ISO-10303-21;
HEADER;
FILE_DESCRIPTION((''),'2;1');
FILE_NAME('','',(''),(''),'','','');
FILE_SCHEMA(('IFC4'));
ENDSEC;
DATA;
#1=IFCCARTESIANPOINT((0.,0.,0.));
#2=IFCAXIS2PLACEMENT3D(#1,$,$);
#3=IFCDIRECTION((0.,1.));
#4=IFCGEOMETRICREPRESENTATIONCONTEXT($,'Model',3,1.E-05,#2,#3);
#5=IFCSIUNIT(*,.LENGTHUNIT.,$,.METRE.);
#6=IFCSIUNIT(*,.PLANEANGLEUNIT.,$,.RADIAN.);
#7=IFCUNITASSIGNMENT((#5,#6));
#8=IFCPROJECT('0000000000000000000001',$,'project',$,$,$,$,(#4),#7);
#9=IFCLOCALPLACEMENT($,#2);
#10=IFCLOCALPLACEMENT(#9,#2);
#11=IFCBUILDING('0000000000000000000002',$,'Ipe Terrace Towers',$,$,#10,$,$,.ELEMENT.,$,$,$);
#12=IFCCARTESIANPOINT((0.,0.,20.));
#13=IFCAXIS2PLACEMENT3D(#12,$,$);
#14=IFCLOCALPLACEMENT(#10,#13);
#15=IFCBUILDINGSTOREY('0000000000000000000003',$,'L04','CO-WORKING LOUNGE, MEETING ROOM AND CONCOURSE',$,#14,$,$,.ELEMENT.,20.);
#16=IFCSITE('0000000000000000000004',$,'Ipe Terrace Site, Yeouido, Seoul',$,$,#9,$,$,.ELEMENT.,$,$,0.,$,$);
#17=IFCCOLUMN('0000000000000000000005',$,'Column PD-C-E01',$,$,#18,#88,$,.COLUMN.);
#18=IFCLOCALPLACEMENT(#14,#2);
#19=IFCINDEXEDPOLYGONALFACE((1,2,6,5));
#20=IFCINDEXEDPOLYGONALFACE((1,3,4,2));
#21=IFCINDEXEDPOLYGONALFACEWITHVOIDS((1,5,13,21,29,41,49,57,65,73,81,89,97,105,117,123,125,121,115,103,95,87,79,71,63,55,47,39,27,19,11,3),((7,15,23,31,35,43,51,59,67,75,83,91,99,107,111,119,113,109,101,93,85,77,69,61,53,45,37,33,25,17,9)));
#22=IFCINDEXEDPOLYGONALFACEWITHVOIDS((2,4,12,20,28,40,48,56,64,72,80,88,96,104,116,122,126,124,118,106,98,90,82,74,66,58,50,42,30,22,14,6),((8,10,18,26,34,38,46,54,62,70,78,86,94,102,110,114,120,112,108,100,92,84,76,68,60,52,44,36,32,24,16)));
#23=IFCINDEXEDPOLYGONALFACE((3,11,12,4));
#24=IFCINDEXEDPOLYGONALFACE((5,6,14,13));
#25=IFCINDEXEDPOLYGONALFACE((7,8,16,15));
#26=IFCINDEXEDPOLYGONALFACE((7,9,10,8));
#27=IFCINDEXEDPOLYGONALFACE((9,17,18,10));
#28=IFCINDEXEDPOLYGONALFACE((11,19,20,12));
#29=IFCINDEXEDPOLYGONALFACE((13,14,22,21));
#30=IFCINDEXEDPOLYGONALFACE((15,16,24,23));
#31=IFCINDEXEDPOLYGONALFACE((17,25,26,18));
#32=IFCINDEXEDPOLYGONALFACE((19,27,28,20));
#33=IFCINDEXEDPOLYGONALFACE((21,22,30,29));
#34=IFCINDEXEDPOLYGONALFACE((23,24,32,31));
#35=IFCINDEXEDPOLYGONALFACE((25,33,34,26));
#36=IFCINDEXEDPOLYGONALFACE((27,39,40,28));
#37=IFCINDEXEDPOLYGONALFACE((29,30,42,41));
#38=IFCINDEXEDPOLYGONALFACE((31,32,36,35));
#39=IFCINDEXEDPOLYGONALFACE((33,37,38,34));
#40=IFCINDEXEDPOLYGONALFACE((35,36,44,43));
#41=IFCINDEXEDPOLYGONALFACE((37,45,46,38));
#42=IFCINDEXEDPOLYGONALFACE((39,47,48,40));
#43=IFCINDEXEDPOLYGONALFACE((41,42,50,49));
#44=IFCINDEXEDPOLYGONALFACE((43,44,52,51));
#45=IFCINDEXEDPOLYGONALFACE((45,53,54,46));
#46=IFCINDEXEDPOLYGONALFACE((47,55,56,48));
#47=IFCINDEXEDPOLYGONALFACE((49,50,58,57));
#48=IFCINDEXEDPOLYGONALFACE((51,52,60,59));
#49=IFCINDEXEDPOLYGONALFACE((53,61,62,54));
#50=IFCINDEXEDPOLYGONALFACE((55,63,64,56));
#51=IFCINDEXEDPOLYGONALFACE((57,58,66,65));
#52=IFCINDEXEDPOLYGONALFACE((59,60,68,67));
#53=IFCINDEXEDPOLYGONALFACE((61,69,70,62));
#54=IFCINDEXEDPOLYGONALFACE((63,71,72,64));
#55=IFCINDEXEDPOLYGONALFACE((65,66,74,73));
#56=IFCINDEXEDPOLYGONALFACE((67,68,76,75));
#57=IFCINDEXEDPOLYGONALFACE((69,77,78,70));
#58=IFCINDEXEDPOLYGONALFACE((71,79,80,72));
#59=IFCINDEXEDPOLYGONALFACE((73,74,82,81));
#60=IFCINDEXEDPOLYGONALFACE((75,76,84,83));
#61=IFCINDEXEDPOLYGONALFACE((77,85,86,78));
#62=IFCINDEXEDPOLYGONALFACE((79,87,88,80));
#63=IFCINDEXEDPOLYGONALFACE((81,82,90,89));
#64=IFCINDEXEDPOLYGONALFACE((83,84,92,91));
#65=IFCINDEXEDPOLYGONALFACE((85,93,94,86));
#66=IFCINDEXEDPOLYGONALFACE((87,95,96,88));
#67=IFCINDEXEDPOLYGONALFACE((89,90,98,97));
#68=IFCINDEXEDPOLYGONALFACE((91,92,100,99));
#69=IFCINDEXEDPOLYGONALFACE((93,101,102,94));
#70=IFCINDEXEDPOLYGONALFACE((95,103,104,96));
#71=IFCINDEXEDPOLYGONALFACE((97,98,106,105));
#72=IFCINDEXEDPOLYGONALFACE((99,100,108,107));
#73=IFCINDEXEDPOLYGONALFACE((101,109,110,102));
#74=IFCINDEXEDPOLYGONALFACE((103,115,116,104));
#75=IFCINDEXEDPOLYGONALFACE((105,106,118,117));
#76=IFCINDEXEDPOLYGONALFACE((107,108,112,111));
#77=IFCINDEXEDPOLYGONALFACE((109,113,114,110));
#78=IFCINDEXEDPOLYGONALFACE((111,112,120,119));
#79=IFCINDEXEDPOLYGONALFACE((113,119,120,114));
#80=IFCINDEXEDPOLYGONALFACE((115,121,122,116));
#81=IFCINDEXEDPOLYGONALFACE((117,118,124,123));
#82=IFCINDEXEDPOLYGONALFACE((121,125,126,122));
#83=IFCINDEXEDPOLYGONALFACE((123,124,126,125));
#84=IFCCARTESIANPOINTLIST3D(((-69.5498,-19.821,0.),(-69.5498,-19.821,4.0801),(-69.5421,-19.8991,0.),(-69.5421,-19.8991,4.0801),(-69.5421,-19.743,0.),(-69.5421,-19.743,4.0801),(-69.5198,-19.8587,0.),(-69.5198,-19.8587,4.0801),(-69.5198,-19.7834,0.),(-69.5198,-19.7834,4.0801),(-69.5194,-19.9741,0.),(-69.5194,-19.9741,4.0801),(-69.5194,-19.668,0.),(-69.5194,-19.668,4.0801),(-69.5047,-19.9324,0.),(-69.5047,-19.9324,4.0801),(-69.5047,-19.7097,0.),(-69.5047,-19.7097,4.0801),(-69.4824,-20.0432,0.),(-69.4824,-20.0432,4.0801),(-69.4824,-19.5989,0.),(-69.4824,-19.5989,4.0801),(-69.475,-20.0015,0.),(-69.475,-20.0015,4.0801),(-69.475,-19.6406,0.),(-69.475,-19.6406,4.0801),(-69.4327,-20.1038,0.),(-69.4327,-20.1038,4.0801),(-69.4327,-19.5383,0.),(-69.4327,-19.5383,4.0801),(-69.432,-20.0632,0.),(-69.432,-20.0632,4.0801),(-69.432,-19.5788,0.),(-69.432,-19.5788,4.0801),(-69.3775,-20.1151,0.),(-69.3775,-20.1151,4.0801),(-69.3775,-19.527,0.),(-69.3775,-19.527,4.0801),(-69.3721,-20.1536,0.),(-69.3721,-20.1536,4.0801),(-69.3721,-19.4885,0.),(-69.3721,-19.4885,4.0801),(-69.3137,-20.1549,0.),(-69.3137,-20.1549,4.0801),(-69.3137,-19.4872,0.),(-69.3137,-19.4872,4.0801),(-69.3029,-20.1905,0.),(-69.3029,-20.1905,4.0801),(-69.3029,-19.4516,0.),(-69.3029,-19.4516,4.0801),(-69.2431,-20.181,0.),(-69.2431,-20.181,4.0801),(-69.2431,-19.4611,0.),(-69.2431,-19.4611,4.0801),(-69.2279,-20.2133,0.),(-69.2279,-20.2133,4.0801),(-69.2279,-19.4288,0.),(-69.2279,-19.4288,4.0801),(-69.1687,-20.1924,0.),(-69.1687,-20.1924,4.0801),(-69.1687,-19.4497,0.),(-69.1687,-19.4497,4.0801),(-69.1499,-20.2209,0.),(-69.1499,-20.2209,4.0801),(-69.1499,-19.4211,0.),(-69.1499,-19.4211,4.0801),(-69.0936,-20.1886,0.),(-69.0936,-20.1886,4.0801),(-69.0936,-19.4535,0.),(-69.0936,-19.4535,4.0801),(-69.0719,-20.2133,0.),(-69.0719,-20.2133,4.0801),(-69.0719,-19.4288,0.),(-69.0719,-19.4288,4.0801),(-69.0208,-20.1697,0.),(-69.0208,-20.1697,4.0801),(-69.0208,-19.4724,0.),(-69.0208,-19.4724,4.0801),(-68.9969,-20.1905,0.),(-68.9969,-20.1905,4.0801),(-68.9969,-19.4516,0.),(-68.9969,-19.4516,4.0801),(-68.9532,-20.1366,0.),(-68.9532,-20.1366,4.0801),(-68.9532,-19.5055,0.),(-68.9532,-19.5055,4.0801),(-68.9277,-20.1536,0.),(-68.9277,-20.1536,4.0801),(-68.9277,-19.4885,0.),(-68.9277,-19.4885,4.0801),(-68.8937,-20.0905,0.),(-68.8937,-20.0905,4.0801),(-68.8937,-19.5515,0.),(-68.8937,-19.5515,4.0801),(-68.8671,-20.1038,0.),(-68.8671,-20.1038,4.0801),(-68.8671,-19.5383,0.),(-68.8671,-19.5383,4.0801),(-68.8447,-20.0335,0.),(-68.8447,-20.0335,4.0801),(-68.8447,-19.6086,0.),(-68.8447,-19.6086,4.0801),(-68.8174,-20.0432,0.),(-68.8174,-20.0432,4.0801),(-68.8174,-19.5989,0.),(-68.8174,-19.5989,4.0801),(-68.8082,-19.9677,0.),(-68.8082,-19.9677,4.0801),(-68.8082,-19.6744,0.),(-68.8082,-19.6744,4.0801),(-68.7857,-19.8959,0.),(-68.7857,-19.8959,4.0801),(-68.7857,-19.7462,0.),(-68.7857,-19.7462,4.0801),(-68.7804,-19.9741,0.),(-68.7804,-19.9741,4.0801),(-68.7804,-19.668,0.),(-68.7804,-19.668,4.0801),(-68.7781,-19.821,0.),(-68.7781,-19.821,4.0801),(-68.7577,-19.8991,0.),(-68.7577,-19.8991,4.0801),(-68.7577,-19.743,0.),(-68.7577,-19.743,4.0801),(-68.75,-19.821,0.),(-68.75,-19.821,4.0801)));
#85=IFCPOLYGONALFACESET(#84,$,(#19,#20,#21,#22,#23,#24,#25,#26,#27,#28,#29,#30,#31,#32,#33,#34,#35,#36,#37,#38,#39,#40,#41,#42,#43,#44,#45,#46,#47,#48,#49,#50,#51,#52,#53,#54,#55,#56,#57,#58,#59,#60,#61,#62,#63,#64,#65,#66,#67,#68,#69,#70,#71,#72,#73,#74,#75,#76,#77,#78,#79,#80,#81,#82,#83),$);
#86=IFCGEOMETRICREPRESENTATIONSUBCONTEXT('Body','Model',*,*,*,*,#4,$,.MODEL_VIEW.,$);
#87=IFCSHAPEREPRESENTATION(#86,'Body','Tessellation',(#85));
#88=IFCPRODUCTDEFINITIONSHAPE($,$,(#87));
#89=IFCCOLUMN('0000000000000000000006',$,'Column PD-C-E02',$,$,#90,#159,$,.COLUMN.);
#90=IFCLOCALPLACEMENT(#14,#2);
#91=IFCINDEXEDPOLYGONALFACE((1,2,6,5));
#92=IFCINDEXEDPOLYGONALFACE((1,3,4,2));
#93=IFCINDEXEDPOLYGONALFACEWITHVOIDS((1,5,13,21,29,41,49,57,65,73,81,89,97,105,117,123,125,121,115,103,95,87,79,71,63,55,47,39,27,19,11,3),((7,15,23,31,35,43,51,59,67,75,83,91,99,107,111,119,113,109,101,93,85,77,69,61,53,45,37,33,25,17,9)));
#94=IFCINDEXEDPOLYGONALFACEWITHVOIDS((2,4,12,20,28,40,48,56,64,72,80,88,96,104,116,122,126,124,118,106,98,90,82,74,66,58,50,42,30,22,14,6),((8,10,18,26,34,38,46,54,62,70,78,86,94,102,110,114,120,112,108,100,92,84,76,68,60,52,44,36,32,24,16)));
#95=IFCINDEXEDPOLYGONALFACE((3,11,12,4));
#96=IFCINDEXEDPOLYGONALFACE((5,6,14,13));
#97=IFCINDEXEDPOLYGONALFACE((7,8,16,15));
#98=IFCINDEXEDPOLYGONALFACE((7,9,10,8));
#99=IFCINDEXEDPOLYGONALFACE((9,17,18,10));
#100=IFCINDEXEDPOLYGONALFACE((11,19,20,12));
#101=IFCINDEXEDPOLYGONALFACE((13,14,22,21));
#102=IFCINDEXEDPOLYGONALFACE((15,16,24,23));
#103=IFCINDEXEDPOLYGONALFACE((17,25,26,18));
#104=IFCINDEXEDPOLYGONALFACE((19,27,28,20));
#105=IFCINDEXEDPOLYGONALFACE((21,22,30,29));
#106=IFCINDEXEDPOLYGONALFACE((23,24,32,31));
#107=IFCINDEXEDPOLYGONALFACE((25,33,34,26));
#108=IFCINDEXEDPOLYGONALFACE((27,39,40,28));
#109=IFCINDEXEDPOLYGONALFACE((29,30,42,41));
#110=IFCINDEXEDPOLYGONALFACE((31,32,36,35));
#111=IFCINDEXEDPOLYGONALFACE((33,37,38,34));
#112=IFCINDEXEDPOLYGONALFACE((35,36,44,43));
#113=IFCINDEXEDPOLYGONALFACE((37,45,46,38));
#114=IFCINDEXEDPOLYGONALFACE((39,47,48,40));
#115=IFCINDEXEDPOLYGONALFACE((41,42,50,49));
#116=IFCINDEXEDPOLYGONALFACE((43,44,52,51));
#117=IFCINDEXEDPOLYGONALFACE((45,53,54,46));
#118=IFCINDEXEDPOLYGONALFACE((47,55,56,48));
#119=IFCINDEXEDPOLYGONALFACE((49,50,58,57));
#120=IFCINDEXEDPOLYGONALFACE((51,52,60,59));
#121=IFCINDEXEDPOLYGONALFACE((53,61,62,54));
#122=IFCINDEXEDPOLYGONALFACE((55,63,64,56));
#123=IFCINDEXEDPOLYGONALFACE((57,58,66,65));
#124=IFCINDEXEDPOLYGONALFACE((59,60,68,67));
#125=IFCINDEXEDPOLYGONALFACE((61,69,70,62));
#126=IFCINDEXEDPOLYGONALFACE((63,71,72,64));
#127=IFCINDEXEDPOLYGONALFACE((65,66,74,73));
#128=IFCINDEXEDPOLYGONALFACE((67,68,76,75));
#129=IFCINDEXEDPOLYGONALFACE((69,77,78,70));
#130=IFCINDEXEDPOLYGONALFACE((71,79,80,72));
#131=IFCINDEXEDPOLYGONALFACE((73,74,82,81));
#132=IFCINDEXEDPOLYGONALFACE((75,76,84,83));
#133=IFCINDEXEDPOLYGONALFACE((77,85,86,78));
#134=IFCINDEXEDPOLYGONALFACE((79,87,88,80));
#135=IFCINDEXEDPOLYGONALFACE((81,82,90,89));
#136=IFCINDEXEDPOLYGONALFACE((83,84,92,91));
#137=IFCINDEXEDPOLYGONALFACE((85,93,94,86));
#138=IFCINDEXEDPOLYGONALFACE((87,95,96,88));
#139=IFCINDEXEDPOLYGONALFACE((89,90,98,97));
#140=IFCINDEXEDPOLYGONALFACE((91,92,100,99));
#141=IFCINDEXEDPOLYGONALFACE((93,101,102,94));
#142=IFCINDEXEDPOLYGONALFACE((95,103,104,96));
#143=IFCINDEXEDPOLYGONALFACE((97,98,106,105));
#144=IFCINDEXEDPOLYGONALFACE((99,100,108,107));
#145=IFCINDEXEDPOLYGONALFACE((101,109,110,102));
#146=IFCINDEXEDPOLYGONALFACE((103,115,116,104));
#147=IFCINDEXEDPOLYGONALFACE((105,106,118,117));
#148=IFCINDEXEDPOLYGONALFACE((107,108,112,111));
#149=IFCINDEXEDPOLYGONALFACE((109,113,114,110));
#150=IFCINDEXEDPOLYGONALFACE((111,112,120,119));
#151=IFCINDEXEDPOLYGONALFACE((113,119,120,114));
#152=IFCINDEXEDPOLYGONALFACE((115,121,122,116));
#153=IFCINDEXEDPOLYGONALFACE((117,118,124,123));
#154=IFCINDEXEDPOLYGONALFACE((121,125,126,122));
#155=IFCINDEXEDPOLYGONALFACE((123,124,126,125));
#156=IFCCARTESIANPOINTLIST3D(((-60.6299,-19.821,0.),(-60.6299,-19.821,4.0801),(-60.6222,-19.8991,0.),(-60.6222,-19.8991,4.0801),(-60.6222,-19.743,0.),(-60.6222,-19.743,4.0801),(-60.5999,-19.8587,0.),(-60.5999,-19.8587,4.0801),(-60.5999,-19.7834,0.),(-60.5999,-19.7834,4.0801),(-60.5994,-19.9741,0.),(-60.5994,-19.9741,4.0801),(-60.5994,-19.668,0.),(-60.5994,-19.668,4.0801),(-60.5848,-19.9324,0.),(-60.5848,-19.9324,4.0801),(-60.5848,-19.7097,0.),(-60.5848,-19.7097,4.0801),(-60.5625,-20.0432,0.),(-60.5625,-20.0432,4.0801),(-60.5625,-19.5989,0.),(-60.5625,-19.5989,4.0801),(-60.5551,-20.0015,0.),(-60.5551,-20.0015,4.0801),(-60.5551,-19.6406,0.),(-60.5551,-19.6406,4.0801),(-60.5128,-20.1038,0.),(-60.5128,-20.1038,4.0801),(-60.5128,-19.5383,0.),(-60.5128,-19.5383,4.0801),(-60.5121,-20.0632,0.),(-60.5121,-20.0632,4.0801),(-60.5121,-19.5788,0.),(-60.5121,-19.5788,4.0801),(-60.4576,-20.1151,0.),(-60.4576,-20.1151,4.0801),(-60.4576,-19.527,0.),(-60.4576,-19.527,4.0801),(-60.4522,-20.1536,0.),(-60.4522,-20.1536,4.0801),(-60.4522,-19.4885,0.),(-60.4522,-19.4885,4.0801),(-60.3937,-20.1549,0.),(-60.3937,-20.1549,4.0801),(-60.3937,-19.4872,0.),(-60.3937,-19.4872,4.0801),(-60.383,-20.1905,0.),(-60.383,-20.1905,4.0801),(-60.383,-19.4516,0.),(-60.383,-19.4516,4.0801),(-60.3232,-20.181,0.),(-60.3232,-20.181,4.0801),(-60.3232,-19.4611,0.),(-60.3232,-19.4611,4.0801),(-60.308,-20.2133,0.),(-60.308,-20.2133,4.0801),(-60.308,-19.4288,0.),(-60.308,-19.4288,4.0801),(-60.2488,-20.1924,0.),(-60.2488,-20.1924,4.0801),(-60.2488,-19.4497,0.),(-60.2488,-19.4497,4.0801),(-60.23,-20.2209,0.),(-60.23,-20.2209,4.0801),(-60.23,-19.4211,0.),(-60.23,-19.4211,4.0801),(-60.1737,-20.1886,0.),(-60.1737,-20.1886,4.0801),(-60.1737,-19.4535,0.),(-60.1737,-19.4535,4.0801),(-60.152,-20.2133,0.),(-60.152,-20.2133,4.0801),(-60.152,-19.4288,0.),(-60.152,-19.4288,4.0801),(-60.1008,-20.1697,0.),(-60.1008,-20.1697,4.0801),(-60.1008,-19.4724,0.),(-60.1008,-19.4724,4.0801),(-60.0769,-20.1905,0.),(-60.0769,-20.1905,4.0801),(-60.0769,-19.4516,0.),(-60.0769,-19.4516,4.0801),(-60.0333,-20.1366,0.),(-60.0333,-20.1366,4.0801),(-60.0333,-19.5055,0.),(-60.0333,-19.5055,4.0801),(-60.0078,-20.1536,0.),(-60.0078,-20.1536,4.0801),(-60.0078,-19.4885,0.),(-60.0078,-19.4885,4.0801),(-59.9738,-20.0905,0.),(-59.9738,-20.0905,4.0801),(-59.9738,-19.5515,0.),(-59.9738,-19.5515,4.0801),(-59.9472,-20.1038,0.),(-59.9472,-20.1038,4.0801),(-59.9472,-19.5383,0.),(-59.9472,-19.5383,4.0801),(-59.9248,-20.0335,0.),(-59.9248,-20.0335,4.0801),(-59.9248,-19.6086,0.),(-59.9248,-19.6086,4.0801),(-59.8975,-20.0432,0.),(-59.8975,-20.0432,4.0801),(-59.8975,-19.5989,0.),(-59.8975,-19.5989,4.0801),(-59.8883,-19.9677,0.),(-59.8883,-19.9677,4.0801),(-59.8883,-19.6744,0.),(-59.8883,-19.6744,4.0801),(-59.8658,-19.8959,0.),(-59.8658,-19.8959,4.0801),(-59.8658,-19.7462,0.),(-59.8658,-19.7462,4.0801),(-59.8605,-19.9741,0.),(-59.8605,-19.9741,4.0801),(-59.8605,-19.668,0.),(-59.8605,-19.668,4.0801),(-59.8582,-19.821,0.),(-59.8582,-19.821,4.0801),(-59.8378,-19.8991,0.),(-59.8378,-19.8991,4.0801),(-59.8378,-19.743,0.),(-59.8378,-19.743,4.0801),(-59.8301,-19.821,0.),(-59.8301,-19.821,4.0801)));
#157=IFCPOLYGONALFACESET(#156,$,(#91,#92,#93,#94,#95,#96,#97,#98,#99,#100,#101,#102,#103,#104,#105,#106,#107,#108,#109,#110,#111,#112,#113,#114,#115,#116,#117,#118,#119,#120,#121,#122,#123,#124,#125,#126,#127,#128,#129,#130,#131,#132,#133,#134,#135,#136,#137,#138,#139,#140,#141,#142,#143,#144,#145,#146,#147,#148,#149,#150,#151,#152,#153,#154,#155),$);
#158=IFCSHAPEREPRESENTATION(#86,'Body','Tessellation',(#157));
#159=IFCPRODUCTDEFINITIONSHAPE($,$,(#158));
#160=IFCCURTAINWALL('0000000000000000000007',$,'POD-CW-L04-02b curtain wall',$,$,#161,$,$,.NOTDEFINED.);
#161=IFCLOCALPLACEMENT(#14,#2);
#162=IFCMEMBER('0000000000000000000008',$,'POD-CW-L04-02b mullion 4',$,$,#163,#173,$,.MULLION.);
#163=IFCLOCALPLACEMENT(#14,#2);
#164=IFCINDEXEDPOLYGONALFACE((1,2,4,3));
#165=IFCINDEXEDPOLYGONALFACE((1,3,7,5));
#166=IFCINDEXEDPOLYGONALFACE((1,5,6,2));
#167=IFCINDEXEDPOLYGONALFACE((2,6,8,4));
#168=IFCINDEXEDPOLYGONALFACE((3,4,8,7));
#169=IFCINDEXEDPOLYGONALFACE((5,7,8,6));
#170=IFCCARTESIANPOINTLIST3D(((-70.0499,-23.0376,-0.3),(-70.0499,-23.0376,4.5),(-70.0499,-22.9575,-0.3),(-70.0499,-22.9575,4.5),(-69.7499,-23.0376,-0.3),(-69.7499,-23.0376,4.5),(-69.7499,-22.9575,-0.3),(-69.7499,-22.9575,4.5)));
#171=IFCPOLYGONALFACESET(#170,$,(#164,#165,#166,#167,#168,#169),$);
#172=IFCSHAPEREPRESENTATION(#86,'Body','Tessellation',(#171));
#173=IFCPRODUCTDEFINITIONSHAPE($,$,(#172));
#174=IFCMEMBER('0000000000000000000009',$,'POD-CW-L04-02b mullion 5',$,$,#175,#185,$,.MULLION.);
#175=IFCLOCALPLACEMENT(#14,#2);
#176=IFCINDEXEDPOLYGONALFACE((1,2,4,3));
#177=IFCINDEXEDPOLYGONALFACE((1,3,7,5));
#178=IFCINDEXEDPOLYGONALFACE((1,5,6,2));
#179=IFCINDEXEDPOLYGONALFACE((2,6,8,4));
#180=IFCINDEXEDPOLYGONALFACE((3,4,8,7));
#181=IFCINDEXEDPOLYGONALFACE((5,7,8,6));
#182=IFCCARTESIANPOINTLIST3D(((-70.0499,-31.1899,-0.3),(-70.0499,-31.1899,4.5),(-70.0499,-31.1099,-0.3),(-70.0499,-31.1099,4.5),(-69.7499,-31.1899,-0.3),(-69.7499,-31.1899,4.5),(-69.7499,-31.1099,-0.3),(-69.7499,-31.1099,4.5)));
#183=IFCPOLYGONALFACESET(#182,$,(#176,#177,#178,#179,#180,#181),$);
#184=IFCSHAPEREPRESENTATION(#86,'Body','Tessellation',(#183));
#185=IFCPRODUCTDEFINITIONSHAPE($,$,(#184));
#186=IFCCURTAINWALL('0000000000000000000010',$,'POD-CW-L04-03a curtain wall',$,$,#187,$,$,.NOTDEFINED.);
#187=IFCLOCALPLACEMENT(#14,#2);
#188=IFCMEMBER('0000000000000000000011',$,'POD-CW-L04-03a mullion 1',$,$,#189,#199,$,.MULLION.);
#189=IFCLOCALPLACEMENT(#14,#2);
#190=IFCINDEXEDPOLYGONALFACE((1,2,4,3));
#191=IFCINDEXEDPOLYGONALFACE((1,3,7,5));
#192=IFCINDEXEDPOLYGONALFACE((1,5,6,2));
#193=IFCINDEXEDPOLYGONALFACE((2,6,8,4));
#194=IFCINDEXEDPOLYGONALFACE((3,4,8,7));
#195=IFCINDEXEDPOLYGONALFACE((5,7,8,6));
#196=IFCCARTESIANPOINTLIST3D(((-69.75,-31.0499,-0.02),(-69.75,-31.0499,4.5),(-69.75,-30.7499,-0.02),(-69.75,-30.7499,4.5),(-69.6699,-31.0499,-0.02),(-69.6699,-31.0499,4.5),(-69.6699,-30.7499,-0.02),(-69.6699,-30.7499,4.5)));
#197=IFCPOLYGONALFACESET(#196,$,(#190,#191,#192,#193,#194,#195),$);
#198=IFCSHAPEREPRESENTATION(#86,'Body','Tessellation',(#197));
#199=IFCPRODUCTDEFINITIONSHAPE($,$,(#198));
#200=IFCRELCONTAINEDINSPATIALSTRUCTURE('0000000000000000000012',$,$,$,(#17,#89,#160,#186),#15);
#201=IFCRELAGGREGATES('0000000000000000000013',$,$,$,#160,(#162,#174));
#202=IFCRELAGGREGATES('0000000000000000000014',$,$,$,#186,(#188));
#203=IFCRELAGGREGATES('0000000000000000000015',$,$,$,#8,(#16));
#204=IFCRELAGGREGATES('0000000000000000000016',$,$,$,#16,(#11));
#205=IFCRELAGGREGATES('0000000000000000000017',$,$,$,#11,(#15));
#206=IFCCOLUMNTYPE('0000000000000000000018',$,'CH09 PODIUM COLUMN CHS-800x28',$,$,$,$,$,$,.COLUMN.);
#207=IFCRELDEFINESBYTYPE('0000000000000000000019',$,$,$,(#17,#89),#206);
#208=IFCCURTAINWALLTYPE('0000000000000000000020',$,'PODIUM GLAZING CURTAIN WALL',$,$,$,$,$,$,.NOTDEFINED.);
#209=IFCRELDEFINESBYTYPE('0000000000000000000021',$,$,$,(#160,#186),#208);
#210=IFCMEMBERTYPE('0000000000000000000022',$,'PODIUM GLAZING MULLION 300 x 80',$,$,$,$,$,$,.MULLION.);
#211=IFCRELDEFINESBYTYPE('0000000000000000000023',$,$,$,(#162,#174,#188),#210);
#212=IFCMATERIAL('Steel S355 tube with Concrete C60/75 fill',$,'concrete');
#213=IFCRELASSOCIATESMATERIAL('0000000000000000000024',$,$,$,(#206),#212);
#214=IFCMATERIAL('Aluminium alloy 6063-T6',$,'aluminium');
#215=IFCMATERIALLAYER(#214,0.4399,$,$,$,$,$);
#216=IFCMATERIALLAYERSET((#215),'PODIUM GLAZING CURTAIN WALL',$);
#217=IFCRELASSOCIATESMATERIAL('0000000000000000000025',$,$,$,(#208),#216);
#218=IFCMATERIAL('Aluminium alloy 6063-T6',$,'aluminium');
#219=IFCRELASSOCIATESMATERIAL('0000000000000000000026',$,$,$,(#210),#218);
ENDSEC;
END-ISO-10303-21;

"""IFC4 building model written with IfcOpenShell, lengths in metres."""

from ifc_helpers import new_model, si_unit, direction, frame, origin, origin_2d, place, context, subcontext, project, spatial, rectangle, hollow_circle, extrude, material, layer, layer_set, material_profile, profile_set, type_object, element, aggregate, save


model = new_model("IFC4")

# Units and contexts
model_context = context("Model", 3, precision=1e-05, world=origin(), true_north=direction((0.0, 1.0)))
body_context = subcontext(model_context, "Body", "Model", "MODEL_VIEW")
ifc_project = project(units=[si_unit("LENGTHUNIT", "METRE"), si_unit("PLANEANGLEUNIT", "RADIAN")], contexts=[model_context])

# Site, building, storey
site_placement = place(None, origin())
site = spatial("IfcSite", under=ifc_project, at=site_placement, Name="Ipe Terrace Site, Yeouido, Seoul", CompositionType="ELEMENT", RefElevation=0.0)
building_placement = place(site_placement, origin())
building = spatial("IfcBuilding", under=site, at=building_placement, Name="Ipe Terrace Towers", CompositionType="ELEMENT")
storey_placement = place(building_placement, frame((0.0, 0.0, 20.0)))
storey = spatial("IfcBuildingStorey", under=building, at=storey_placement, Name="L04", Description="CO-WORKING LOUNGE, MEETING ROOM AND CONCOURSE", CompositionType="ELEMENT", Elevation=20.0)

# Columns
ifc_material_1 = material(Name="Steel S355 tube with Concrete C60/75 fill", Category="concrete")
ifc_material_profile_1 = material_profile(ifc_material_1, hollow_circle(Radius=0.3999, WallThickness=0.0281, at=origin_2d()), Name="CHS-800x28")
ifc_profile_set_1 = profile_set([ifc_material_profile_1], Name="Steel S355 tube with Concrete C60/75 fill")
column_type = type_object("IfcColumnType", Name="CH09 PODIUM COLUMN CHS-800x28", PredefinedType="COLUMN", material=ifc_profile_set_1)
for number, where, z_axis, x_axis, name in (
    (1, (-69.1499, -19.821, 0.0), (0.0, 0.0, 1.0), (1.0, 0.0, 0.0), "Column PD-C-E01"),
    (2, (-60.23, -19.821, 0.0), (0.0, 0.0, 1.0), (1.0, 0.0, 0.0), "Column PD-C-E02"),
):
    element("IfcColumn", number, at=place(storey_placement, frame(where, z_axis=z_axis, x_axis=x_axis)), inside=storey, type_object=column_type, Name=name, PredefinedType="COLUMN", context=body_context, shape_type="SweptSolid", body=[
        extrude(hollow_circle(Radius=0.3999, WallThickness=0.0281, at=origin_2d()), origin(), (0.0, 0.0, 1.0), 4.0801),
    ])

# Curtain walls, members
ifc_material_2 = material(Name="Aluminium alloy 6063-T6", Category="aluminium")
ifc_layer_1 = layer(ifc_material_2, 0.4399)
ifc_layer_set_1 = layer_set([ifc_layer_1], Name="PODIUM GLAZING CURTAIN WALL")
curtain_wall_type = type_object("IfcCurtainWallType", Name="PODIUM GLAZING CURTAIN WALL", PredefinedType="NOTDEFINED", material=ifc_layer_set_1)
curtain_wall_1_placement = place(storey_placement, origin())
curtain_wall_1 = element("IfcCurtainWall", 3, at=curtain_wall_1_placement, inside=storey, type_object=curtain_wall_type, Name="POD-CW-L04-02b curtain wall", PredefinedType="NOTDEFINED")
ifc_material_3 = material(Name="Aluminium alloy 6063-T6", Category="aluminium")
ifc_material_profile_2 = material_profile(ifc_material_3, rectangle(XDim=0.3, YDim=0.0801, at=origin_2d()), Name="PODIUM GLAZING MULLION 300 x 80")
ifc_profile_set_2 = profile_set([ifc_material_profile_2], Name="Aluminium alloy 6063-T6")
member_type_1 = type_object("IfcMemberType", Name="PODIUM GLAZING MULLION 300 x 80", PredefinedType="MULLION", material=ifc_profile_set_2)
member_1_placement = place(storey_placement, frame((-69.8999, -22.9976, -0.3), z_axis=(0.0, 0.0, 1.0), x_axis=(-1.0, 0.0, 0.0)))
member_1 = element("IfcMember", 4, at=member_1_placement, type_object=member_type_1, Name="POD-CW-L04-02b mullion 4", PredefinedType="MULLION", context=body_context, shape_type="SweptSolid", body=[
    extrude(rectangle(XDim=0.3, YDim=0.0801, at=origin_2d()), origin(), (0.0, 0.0, 1.0), 4.8),
])
member_2_placement = place(storey_placement, frame((-69.8999, -31.1499, -0.3), z_axis=(0.0, 0.0, 1.0), x_axis=(-1.0, 0.0, 0.0)))
member_2 = element("IfcMember", 5, at=member_2_placement, type_object=member_type_1, Name="POD-CW-L04-02b mullion 5", PredefinedType="MULLION", context=body_context, shape_type="SweptSolid", body=[
    extrude(rectangle(XDim=0.3, YDim=0.0801, at=origin_2d()), origin(), (0.0, 0.0, 1.0), 4.8),
])
curtain_wall_2_placement = place(storey_placement, origin())
curtain_wall_2 = element("IfcCurtainWall", 6, at=curtain_wall_2_placement, inside=storey, type_object=curtain_wall_type, Name="POD-CW-L04-03a curtain wall", PredefinedType="NOTDEFINED")
member_3_placement = place(storey_placement, frame((-69.71, -30.8999, -0.02), z_axis=(0.0, 0.0, 1.0), x_axis=(0.0, -1.0, 0.0)))
member_3 = element("IfcMember", 7, at=member_3_placement, type_object=member_type_1, Name="POD-CW-L04-03a mullion 1", PredefinedType="MULLION", context=body_context, shape_type="SweptSolid", body=[
    extrude(rectangle(XDim=0.3, YDim=0.0801, at=origin_2d()), origin(), (0.0, 0.0, 1.0), 4.52),
])

aggregate(curtain_wall_1, [member_1, member_2])
aggregate(curtain_wall_2, [member_3])

save(model, "model.ifc")
